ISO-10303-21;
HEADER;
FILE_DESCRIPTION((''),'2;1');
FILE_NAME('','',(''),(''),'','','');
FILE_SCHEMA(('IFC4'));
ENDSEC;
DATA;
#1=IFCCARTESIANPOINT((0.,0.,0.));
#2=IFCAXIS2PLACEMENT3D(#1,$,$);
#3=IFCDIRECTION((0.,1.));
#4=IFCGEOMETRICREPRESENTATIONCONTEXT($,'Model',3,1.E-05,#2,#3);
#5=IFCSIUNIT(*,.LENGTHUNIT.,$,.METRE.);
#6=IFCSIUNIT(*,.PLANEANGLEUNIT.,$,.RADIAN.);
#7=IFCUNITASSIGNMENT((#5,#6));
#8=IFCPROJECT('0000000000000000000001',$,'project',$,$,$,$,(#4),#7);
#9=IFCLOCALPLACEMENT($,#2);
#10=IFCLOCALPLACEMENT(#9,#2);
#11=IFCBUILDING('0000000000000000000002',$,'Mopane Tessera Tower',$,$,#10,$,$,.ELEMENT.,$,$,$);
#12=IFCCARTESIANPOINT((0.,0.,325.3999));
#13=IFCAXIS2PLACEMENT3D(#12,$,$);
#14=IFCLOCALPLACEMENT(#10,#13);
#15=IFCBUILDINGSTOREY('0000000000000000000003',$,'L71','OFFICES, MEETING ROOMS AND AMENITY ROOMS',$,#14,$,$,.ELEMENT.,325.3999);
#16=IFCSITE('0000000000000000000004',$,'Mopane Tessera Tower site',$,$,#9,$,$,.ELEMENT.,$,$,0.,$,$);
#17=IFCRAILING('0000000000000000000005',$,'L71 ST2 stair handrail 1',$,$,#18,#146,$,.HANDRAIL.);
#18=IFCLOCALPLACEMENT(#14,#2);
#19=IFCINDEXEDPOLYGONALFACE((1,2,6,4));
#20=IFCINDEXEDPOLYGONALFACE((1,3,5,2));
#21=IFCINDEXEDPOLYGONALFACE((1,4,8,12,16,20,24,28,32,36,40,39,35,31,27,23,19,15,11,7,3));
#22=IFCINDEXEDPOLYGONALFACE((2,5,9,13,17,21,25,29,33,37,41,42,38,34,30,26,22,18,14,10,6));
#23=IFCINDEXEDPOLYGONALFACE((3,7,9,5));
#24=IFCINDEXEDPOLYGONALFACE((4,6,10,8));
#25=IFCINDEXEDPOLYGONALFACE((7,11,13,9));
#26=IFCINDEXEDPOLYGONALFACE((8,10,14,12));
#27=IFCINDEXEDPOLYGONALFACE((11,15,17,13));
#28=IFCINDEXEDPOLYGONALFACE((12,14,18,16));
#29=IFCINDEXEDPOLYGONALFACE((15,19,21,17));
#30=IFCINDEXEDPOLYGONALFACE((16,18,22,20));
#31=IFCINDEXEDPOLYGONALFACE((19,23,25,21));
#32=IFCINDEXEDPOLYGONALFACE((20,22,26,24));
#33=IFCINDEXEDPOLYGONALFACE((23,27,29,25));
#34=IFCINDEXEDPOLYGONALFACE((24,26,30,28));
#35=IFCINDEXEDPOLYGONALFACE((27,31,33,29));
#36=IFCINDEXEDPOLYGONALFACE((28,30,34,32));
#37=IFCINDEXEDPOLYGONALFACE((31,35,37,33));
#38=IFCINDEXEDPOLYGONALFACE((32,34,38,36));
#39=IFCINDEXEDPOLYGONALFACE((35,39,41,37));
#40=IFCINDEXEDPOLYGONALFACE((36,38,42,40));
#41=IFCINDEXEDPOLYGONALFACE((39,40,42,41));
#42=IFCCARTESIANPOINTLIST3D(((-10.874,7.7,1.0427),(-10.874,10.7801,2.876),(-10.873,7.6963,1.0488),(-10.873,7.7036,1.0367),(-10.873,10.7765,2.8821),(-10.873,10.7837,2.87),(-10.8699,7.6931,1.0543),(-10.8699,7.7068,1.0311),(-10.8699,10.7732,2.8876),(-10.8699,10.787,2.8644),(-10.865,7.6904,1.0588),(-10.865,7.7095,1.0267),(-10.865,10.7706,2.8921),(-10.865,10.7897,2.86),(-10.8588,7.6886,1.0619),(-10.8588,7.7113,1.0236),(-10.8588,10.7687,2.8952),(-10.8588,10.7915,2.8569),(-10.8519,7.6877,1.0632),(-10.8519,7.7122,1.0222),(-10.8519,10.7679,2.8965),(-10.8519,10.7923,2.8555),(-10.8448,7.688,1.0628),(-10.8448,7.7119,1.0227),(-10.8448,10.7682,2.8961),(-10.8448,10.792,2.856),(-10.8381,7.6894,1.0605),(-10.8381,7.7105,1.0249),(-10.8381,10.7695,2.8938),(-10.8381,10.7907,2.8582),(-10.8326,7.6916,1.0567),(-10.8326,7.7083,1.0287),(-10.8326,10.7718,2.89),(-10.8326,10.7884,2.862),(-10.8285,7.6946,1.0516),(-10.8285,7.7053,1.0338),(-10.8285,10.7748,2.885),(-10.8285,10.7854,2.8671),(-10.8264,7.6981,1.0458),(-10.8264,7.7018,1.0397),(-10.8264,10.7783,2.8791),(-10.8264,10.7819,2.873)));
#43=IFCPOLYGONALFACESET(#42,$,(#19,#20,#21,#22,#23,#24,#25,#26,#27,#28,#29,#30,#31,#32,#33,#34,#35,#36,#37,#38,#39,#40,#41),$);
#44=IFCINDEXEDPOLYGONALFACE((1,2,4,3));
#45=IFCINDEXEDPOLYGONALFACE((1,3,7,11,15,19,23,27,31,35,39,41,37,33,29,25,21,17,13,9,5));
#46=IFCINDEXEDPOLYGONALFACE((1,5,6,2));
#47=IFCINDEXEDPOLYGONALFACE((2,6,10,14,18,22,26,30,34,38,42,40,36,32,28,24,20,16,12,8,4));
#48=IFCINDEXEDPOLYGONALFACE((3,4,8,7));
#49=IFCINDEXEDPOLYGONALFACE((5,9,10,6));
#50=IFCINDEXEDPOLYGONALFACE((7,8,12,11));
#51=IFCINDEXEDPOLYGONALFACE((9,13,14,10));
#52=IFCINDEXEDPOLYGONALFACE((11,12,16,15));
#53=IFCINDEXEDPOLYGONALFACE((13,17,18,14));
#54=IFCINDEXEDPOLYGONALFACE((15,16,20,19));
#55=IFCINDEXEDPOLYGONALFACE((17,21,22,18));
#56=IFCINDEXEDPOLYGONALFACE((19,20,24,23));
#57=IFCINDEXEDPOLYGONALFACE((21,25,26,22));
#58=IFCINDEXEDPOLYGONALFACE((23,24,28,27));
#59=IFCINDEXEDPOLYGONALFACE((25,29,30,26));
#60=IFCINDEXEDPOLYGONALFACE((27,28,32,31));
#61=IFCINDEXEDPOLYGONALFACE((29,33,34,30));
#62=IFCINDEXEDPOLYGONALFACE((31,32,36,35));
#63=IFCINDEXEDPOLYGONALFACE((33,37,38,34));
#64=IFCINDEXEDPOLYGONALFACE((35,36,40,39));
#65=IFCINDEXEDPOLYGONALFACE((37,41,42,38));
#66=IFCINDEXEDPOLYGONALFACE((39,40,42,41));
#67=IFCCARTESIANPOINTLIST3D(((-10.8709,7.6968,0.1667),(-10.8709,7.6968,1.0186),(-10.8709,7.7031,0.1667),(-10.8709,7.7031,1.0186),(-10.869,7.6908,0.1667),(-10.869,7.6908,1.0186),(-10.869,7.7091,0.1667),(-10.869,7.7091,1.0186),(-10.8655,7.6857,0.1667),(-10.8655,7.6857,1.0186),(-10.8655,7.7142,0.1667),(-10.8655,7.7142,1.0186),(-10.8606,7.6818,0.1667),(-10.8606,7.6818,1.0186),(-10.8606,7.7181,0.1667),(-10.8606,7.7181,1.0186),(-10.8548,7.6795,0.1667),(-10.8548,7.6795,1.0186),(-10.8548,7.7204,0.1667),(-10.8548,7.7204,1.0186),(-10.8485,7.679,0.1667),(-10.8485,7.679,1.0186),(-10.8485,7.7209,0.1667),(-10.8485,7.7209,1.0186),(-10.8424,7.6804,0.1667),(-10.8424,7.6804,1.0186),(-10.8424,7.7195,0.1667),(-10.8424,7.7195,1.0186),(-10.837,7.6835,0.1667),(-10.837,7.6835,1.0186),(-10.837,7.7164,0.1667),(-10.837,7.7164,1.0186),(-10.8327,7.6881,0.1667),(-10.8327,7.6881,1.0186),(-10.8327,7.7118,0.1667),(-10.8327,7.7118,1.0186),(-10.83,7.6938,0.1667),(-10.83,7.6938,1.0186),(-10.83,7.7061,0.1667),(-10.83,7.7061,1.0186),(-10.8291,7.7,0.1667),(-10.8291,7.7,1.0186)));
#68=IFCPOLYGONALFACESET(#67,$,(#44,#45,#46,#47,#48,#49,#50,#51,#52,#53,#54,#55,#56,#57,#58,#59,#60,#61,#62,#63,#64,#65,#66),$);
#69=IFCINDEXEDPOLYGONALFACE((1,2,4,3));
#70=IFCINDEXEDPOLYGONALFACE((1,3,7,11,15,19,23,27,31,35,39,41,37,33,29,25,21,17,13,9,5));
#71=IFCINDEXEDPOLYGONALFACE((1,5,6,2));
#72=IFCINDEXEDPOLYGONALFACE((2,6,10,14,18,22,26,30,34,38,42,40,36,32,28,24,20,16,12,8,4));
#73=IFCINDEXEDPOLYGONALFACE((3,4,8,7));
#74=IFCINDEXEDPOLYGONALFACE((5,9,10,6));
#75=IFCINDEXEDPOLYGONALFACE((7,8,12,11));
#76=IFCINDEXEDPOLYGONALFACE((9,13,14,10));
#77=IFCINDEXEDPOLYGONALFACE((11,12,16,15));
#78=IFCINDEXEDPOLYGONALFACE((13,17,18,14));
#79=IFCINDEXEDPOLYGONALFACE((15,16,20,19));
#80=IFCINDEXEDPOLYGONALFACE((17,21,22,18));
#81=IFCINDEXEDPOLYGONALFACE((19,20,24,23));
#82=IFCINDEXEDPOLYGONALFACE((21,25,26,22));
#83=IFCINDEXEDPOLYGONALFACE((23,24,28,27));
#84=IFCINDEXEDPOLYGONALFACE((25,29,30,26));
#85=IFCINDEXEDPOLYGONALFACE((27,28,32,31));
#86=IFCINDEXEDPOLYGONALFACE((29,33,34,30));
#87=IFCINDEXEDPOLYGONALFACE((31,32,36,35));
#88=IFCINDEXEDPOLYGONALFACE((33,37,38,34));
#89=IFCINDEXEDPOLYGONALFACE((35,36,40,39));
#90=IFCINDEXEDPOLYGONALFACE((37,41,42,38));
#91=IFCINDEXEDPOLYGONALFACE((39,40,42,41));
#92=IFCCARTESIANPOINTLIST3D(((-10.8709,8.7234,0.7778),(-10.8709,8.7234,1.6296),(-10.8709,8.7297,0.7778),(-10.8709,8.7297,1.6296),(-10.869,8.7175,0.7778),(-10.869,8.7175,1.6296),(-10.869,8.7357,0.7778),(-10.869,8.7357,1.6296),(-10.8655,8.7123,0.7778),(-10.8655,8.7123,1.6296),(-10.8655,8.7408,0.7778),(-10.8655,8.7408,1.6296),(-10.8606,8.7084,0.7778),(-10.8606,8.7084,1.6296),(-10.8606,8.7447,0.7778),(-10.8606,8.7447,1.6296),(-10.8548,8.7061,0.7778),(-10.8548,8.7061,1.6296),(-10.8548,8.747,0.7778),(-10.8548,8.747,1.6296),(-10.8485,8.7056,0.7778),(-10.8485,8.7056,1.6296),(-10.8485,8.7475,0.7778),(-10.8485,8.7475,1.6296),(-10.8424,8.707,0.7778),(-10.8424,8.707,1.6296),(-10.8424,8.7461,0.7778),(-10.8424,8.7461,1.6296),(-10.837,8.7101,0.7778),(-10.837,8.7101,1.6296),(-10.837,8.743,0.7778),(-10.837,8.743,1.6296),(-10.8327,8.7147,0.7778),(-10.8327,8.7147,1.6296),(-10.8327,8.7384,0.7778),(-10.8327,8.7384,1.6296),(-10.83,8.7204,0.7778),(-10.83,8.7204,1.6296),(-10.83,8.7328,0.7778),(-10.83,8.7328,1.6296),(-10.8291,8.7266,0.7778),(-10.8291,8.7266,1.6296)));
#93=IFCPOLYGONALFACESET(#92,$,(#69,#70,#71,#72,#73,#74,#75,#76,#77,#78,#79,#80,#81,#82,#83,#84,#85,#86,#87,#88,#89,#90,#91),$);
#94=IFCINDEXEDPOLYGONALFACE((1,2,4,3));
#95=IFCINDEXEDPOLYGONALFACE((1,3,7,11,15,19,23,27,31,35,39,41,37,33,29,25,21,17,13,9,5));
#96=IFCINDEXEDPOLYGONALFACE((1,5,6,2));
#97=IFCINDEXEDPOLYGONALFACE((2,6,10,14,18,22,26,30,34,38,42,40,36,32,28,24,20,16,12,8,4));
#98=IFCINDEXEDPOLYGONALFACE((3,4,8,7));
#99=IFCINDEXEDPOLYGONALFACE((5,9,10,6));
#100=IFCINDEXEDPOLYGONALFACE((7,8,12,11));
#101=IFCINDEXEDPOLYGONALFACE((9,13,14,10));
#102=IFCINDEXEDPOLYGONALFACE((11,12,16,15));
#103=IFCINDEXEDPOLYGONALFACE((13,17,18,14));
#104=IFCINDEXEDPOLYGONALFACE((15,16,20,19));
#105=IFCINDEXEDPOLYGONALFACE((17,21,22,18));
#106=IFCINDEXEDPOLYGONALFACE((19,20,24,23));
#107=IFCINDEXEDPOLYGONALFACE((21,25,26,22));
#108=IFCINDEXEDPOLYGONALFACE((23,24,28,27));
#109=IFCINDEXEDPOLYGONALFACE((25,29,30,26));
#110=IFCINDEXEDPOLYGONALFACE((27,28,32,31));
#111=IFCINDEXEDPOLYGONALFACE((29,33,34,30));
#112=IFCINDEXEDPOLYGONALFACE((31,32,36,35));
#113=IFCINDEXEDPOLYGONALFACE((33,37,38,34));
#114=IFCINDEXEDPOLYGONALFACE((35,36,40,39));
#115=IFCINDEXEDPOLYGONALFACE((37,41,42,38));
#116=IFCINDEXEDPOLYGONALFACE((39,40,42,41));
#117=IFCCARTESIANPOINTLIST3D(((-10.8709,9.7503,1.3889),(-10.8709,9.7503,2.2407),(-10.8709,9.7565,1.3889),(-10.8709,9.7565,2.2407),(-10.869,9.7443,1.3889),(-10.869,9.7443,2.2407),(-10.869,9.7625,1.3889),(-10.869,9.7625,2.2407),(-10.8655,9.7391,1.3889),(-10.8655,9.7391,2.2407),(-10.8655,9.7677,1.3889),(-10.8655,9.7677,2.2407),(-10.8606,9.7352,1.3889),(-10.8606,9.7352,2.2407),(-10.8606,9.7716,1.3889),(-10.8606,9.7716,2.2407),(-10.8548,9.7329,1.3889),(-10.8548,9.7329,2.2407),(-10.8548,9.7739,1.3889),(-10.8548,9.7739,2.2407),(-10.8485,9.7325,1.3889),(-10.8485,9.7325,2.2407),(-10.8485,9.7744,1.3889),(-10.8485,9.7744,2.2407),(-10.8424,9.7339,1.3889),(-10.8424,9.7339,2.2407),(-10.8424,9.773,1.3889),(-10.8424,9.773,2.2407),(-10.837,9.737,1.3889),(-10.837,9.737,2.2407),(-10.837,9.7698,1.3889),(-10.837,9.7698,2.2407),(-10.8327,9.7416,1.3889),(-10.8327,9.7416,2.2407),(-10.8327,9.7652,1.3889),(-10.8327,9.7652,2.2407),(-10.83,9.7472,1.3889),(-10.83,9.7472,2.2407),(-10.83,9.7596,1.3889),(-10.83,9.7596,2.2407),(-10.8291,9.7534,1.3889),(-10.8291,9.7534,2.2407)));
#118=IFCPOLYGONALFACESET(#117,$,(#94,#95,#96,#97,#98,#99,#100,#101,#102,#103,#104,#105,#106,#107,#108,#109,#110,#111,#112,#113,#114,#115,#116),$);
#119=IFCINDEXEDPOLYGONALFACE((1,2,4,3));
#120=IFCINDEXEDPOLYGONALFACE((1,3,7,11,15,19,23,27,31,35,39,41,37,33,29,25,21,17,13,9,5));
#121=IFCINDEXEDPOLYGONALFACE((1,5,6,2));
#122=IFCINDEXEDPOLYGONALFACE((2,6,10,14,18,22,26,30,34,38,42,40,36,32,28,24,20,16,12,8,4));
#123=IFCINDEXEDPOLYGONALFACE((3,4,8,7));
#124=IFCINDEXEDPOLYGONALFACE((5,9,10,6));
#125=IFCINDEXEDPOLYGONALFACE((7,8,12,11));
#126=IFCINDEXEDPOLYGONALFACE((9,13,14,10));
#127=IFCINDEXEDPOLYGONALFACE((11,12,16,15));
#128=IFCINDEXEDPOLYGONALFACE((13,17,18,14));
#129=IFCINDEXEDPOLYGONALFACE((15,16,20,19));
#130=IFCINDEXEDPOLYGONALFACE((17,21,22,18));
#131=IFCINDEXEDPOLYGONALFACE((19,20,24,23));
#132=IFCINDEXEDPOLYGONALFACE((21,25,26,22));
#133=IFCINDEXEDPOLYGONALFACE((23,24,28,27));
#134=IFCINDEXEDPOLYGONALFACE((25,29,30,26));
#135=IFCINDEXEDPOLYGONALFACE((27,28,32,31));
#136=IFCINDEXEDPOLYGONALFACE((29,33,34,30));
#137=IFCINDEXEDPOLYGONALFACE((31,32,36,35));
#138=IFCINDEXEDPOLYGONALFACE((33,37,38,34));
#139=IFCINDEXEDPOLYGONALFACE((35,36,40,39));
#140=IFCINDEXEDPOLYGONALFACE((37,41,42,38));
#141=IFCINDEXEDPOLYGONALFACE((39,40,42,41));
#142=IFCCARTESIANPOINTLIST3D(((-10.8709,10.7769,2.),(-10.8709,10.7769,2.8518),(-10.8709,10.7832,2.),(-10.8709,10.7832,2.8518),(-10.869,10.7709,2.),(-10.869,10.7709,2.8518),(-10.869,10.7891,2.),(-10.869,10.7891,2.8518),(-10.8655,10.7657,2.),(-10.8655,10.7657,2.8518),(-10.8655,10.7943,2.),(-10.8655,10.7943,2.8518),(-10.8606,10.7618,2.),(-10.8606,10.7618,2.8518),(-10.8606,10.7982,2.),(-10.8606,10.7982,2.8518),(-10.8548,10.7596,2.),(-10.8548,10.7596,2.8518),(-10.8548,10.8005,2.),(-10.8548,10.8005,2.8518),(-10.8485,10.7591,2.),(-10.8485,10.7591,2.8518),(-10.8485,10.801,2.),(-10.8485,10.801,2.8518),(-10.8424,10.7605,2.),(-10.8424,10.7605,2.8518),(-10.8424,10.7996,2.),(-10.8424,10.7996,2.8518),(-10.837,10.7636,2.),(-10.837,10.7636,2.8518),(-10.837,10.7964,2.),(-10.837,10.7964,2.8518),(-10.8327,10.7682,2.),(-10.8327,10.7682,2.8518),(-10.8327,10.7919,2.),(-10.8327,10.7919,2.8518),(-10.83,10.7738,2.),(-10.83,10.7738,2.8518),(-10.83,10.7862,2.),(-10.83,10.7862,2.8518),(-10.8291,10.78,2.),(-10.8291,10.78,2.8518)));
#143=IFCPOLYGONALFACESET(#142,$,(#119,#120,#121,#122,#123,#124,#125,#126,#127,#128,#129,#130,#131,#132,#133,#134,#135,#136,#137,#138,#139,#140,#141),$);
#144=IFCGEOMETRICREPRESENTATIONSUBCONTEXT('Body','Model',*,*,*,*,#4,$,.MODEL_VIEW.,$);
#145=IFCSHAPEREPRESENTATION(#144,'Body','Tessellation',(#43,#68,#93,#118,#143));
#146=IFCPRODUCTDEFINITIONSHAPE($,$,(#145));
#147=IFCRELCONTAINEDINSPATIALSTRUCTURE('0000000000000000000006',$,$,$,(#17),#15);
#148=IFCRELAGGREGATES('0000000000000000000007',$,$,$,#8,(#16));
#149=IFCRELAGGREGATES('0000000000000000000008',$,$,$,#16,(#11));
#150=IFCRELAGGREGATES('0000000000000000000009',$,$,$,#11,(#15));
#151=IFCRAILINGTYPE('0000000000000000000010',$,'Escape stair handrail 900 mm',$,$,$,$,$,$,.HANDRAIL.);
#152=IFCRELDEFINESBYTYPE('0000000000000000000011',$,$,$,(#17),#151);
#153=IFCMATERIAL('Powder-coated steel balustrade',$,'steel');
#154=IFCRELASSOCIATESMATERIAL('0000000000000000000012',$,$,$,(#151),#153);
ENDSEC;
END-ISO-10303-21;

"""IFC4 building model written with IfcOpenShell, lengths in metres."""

from ifc_helpers import new_model, si_unit, direction, frame, origin, origin_2d, place, context, subcontext, project, spatial, circle, extrude, material, type_object, element, save


model = new_model("IFC4")

# Units and contexts
model_context = context("Model", 3, precision=1e-05, world=origin(), true_north=direction((0.0, 1.0)))
body_context = subcontext(model_context, "Body", "Model", "MODEL_VIEW")
ifc_project = project(units=[si_unit("LENGTHUNIT", "METRE"), si_unit("PLANEANGLEUNIT", "RADIAN")], contexts=[model_context])

# Site, building, storey
site_placement = place(None, origin())
site = spatial("IfcSite", under=ifc_project, at=site_placement, Name="Mopane Tessera Tower site", CompositionType="ELEMENT", RefElevation=0.0)
building_placement = place(site_placement, origin())
building = spatial("IfcBuilding", under=site, at=building_placement, Name="Mopane Tessera Tower", CompositionType="ELEMENT")
storey_placement = place(building_placement, frame((0.0, 0.0, 325.3999)))
storey = spatial("IfcBuildingStorey", under=building, at=storey_placement, Name="L71", Description="OFFICES, MEETING ROOMS AND AMENITY ROOMS", CompositionType="ELEMENT", Elevation=325.3999)

# Railing
ifc_material_1 = material(Name="Powder-coated steel balustrade", Category="steel")
railing_type_1 = type_object("IfcRailingType", Name="Escape stair handrail 900 mm", PredefinedType="HANDRAIL", material=ifc_material_1)
railing_1_placement = place(storey_placement, frame((-10.8501, 7.7, 0.1667)))
element("IfcRailing", 1, at=railing_1_placement, inside=storey, type_object=railing_type_1, Name="L71 ST2 stair handrail 1", PredefinedType="HANDRAIL", context=body_context, shape_type="SweptSolid", body=[
    extrude(circle(Radius=0.0239, at=origin_2d()), frame((0.0, 0.0, 0.876), z_axis=(0.0, 0.859309, 0.511458), x_axis=(-1.0, 0.0, 0.0)), (0.0, 0.0, 1.0), 3.5845),
    extrude(circle(Radius=0.021, at=origin_2d()), origin(), (0.0, 0.0, 1.0), 0.8518),
    extrude(circle(Radius=0.021, at=origin_2d()), frame((0.0, 1.0266, 0.6111)), (0.0, 0.0, 1.0), 0.8518),
    extrude(circle(Radius=0.021, at=origin_2d()), frame((0.0, 2.0535, 1.2222)), (0.0, 0.0, 1.0), 0.8518),
    extrude(circle(Radius=0.021, at=origin_2d()), frame((0.0, 3.0801, 1.8333)), (0.0, 0.0, 1.0), 0.8518),
])

save(model, "model.ifc")
